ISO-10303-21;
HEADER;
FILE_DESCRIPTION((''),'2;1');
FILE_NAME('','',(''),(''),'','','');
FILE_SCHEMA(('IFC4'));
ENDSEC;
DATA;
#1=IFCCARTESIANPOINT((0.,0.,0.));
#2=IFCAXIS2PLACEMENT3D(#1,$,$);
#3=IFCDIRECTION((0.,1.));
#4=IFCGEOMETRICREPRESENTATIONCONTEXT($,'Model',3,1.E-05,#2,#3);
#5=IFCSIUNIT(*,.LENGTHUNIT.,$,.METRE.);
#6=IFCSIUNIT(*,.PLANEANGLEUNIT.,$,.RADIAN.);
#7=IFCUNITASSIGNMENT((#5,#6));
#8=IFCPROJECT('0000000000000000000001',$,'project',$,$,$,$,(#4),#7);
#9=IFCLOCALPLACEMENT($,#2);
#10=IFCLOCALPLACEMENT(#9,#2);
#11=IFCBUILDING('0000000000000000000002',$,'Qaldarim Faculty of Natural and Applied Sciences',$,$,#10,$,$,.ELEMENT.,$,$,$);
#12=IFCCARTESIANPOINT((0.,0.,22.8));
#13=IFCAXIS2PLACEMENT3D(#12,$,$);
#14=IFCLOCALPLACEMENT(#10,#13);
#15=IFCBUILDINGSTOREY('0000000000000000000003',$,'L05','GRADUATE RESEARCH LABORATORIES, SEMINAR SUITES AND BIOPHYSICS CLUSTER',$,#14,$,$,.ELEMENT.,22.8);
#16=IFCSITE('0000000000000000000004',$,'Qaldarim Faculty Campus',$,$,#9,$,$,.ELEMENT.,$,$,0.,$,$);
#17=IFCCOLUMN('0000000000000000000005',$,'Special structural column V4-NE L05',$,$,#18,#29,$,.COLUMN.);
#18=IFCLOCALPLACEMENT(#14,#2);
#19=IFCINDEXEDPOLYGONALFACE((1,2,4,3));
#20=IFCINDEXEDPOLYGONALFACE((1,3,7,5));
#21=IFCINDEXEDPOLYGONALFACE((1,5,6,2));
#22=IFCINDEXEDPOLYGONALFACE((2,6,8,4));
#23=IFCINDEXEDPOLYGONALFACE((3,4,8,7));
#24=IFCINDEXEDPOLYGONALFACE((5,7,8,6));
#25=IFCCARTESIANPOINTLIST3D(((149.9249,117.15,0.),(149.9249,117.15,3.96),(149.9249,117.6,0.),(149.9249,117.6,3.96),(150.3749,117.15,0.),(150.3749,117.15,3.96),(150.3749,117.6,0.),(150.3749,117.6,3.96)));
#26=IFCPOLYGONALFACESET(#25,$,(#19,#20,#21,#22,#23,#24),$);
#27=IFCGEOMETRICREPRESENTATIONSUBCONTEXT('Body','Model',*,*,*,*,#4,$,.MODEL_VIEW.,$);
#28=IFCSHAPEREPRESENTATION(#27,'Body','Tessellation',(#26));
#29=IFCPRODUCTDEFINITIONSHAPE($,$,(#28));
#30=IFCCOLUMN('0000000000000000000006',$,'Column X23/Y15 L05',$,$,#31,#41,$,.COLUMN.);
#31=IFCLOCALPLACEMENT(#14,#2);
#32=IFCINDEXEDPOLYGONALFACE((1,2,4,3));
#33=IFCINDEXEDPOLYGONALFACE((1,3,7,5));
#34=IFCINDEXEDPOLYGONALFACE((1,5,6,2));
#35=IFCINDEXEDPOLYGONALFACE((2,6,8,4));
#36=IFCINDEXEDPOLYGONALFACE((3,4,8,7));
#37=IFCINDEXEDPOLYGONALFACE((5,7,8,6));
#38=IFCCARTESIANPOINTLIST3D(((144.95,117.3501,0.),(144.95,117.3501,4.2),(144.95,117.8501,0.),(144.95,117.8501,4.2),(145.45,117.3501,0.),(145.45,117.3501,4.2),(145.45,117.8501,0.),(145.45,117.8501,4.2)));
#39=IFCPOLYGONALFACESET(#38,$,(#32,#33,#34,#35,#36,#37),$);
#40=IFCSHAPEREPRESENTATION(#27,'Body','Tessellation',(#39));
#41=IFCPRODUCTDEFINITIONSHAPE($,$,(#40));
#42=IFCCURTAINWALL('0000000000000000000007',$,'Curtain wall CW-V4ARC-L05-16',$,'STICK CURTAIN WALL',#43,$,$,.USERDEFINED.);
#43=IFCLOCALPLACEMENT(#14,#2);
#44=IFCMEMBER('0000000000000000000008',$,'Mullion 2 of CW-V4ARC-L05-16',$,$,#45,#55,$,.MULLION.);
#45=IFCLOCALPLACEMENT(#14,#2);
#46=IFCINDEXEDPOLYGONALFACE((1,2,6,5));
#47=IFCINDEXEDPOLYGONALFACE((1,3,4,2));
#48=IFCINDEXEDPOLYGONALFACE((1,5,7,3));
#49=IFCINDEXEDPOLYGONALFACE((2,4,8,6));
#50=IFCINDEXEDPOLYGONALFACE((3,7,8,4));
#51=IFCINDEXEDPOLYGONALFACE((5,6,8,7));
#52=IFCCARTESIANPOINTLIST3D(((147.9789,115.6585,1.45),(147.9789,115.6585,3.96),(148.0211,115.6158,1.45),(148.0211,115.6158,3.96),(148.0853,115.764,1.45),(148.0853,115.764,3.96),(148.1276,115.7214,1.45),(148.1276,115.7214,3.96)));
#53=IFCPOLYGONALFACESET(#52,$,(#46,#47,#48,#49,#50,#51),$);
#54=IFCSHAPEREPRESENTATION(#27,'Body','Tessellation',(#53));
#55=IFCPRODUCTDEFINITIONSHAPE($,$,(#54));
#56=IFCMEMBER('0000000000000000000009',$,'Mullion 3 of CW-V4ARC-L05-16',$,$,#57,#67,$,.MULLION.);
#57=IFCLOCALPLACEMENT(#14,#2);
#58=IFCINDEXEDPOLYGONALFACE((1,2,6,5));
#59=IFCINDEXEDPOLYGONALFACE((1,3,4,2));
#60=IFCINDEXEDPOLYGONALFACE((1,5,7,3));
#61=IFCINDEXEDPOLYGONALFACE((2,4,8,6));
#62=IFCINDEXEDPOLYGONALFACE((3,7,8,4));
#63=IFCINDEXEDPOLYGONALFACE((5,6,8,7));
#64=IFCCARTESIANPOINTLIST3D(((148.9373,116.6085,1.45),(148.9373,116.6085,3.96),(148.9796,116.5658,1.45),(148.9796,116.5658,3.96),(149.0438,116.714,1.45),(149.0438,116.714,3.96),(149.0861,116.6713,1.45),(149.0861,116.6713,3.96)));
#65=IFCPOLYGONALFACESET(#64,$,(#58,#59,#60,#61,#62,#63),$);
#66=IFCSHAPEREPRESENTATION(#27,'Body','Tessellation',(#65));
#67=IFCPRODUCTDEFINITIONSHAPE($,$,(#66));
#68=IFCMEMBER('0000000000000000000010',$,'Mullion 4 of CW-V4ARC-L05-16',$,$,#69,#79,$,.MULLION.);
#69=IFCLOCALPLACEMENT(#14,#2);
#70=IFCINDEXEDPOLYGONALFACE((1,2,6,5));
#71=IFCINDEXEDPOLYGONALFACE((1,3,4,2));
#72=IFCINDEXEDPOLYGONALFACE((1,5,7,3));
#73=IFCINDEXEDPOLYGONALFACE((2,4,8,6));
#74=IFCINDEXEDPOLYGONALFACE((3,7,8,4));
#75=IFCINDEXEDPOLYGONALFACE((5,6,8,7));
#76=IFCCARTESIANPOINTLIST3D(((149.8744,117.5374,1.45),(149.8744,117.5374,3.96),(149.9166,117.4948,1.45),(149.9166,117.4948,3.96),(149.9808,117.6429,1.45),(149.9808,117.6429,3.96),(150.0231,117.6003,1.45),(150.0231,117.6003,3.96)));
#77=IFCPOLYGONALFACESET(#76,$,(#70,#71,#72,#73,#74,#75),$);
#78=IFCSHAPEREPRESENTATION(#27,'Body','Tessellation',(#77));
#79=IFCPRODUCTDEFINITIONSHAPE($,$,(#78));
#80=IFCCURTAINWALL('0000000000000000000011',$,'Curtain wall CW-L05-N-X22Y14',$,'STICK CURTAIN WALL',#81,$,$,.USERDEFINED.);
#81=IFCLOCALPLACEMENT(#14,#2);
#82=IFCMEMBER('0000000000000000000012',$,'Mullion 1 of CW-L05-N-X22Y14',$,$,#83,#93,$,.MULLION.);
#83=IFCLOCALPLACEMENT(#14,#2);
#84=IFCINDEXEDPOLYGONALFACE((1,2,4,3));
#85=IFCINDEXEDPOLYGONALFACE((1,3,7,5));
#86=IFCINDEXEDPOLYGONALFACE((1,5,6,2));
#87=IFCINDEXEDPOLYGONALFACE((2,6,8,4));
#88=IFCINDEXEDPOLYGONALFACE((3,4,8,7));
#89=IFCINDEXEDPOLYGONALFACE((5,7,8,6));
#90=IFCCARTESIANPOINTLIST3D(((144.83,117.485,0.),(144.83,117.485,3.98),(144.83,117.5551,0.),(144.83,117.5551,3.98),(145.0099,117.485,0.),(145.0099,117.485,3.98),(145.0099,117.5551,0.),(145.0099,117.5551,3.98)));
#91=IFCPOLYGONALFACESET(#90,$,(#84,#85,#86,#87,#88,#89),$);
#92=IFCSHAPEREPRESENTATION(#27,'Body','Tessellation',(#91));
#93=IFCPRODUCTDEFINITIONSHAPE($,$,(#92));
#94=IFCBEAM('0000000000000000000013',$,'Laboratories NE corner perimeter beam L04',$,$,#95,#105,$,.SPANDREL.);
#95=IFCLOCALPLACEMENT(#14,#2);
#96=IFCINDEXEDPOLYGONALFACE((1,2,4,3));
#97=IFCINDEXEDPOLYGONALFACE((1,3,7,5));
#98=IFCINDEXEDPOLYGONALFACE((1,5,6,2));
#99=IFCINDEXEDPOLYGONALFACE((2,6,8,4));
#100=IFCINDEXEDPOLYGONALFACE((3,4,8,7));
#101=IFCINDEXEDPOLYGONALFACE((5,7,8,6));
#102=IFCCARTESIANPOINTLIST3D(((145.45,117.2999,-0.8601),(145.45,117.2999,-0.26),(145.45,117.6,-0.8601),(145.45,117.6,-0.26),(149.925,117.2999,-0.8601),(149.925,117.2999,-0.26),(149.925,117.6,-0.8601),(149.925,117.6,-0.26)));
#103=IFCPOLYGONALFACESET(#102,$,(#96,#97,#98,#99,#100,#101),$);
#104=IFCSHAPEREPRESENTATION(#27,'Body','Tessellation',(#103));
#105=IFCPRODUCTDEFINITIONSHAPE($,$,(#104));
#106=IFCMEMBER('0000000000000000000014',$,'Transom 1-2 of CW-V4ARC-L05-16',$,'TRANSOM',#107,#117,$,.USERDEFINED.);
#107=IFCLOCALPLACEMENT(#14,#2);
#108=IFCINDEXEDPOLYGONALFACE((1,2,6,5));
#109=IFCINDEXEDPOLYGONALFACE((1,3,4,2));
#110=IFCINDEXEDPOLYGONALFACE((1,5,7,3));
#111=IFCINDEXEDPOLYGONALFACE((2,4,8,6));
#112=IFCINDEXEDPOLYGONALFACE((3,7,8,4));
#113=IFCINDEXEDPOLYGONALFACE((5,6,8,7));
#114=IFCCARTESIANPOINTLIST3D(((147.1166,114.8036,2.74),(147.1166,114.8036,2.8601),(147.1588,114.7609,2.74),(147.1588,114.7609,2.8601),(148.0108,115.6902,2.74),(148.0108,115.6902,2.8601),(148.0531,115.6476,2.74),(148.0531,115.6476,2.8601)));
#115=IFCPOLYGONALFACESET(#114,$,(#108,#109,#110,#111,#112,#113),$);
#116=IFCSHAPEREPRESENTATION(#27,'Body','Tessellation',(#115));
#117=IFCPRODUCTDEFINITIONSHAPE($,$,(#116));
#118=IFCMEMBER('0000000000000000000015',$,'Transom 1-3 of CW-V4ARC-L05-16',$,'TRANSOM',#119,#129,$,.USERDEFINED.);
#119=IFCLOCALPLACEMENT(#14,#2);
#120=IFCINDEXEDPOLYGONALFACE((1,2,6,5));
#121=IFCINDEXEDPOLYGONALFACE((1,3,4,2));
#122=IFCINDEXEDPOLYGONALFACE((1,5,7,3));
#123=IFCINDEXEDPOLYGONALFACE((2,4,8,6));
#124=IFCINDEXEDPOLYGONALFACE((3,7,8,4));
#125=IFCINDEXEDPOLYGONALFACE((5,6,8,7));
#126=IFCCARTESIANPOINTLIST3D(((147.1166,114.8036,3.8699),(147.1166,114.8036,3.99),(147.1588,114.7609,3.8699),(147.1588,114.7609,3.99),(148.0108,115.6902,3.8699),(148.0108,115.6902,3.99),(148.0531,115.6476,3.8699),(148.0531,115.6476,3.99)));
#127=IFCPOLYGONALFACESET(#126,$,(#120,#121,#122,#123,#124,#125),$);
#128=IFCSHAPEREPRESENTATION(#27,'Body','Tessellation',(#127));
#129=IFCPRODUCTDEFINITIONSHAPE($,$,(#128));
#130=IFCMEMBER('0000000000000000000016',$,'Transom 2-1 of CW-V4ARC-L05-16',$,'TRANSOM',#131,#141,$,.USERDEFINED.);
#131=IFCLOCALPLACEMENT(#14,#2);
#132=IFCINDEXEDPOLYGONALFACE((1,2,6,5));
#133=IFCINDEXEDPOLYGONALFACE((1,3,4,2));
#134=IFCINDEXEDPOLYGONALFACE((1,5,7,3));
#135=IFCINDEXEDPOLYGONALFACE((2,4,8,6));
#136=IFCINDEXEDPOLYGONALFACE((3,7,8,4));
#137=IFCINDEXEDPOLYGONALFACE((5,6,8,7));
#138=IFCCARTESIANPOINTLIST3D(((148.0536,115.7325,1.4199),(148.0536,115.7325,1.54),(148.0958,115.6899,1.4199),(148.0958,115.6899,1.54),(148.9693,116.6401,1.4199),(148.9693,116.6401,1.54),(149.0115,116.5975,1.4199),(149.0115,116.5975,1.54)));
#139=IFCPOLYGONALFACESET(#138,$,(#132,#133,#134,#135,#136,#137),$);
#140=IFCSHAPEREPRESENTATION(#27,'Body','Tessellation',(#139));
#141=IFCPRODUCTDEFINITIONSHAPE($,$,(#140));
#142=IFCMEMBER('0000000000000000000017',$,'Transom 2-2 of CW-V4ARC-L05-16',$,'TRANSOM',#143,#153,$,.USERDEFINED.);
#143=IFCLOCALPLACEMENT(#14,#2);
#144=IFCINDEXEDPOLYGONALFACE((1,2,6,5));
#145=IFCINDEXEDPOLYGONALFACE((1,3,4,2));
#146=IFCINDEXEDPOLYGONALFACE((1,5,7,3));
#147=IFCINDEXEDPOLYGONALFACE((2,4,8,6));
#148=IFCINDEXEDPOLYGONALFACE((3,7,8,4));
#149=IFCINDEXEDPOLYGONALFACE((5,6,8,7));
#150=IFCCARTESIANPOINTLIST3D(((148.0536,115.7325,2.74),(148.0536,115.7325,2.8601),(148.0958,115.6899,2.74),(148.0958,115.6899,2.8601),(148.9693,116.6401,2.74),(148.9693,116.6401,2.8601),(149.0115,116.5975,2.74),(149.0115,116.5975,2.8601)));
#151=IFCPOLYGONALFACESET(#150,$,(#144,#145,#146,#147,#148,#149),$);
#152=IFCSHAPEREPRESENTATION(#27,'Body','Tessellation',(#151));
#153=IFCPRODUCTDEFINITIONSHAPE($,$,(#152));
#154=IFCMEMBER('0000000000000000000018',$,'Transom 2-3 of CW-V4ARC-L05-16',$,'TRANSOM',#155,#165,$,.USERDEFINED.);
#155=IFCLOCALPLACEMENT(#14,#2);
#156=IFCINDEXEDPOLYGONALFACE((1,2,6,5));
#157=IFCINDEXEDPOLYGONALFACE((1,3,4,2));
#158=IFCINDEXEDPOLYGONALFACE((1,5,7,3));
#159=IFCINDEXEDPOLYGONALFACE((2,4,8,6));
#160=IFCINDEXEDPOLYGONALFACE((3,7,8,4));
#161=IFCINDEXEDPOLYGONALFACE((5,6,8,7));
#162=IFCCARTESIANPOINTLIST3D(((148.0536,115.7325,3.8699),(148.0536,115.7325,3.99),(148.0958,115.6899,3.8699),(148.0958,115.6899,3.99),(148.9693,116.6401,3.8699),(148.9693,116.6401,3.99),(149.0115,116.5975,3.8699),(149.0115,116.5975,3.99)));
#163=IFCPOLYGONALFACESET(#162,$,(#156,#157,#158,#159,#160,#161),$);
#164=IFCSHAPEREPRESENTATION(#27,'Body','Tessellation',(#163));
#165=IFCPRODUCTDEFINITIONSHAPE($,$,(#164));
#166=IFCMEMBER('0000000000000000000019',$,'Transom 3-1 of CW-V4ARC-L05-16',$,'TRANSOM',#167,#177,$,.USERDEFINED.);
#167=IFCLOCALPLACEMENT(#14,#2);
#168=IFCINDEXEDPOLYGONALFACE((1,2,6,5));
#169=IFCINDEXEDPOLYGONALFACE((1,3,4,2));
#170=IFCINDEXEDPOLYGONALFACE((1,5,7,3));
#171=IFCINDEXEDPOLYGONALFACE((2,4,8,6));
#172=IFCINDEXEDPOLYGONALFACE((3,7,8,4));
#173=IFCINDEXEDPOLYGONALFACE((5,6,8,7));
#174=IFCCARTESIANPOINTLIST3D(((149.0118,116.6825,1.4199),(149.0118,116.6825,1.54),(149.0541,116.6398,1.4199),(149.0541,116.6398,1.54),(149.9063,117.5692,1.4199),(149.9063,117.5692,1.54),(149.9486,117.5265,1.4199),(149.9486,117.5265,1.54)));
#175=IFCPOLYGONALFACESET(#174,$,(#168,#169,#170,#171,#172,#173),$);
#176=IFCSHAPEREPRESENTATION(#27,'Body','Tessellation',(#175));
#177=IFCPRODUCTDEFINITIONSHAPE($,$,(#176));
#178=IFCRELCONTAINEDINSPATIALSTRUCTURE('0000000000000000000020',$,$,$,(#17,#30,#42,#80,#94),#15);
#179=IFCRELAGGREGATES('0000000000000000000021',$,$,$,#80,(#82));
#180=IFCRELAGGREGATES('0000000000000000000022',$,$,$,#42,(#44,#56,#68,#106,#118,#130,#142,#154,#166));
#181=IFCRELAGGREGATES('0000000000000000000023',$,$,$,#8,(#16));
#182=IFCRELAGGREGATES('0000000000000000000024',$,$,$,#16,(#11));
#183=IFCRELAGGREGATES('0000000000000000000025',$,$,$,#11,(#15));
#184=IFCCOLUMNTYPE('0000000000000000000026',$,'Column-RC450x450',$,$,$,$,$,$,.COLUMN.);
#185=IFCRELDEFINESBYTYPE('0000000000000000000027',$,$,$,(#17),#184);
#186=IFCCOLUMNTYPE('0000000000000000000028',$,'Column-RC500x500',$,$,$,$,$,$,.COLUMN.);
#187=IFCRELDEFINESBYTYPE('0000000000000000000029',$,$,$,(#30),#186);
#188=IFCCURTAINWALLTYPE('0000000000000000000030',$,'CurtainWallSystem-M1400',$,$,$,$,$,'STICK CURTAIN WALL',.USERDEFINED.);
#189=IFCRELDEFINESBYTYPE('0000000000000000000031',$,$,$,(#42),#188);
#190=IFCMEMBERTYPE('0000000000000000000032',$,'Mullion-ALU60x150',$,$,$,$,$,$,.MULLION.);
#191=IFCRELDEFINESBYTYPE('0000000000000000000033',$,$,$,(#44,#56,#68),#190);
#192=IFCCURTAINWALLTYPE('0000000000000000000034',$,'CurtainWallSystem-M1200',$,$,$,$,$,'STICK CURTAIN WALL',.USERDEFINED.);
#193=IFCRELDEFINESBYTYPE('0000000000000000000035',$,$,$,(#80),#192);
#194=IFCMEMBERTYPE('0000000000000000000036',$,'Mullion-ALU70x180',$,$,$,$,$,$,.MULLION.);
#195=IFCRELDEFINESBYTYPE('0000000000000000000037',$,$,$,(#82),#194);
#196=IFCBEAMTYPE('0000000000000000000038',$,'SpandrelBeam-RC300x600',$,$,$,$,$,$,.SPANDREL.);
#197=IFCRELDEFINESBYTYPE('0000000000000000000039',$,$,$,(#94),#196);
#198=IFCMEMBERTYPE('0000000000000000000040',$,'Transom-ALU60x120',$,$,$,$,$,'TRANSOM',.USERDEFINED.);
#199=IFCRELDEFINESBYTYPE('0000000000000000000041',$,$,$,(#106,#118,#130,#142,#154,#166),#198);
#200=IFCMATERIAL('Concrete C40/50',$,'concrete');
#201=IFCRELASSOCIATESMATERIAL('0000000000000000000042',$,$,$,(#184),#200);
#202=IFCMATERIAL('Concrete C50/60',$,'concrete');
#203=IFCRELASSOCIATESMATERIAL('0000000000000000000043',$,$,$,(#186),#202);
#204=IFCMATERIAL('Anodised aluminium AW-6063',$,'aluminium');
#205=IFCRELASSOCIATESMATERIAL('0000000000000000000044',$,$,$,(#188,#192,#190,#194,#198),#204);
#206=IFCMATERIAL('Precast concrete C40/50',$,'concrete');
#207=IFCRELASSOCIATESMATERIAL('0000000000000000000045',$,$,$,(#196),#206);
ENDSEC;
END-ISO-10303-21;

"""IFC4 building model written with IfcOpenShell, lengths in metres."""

from ifc_helpers import new_model, si_unit, direction, frame, origin, origin_2d, place, context, subcontext, project, spatial, rectangle, extrude, material, material_profile, profile_set, type_object, element, aggregate, save


model = new_model("IFC4")

# Units and contexts
model_context = context("Model", 3, precision=1e-05, world=origin(), true_north=direction((0.0, 1.0)))
body_context = subcontext(model_context, "Body", "Model", "MODEL_VIEW")
ifc_project = project(units=[si_unit("LENGTHUNIT", "METRE"), si_unit("PLANEANGLEUNIT", "RADIAN")], contexts=[model_context])

# Site, building, storey
site_placement = place(None, origin())
site = spatial("IfcSite", under=ifc_project, at=site_placement, Name="Qaldarim Faculty Campus", CompositionType="ELEMENT", RefElevation=0.0)
building_placement = place(site_placement, origin())
building = spatial("IfcBuilding", under=site, at=building_placement, Name="Qaldarim Faculty of Natural and Applied Sciences", CompositionType="ELEMENT")
storey_placement = place(building_placement, frame((0.0, 0.0, 22.8)))
storey = spatial("IfcBuildingStorey", under=building, at=storey_placement, Name="L05", Description="GRADUATE RESEARCH LABORATORIES, SEMINAR SUITES AND BIOPHYSICS CLUSTER", CompositionType="ELEMENT", Elevation=22.8)

# Columns
ifc_material_1 = material(Name="Concrete C40/50", Category="concrete")
ifc_material_profile_1 = material_profile(ifc_material_1, rectangle(XDim=0.45, YDim=0.45, at=origin_2d()), Name="RC-C450x450")
ifc_profile_set_1 = profile_set([ifc_material_profile_1], Name="Concrete C40/50")
column_type_1 = type_object("IfcColumnType", Name="Column-RC450x450", PredefinedType="COLUMN", material=ifc_profile_set_1)
column_1_placement = place(storey_placement, frame((150.1499, 117.375, 0.0), z_axis=(0.0, 0.0, 1.0), x_axis=(1.0, 0.0, 0.0)))
element("IfcColumn", 1, at=column_1_placement, inside=storey, type_object=column_type_1, Name="Special structural column V4-NE L05", PredefinedType="COLUMN", context=body_context, shape_type="SweptSolid", body=[
    extrude(rectangle(XDim=0.45, YDim=0.45, at=origin_2d()), origin(), (0.0, 0.0, 1.0), 3.96),
])
ifc_material_2 = material(Name="Concrete C50/60", Category="concrete")
ifc_material_profile_2 = material_profile(ifc_material_2, rectangle(XDim=0.5, YDim=0.5, at=origin_2d()), Name="RC-C500x500")
ifc_profile_set_2 = profile_set([ifc_material_profile_2], Name="Concrete C50/60")
column_type_2 = type_object("IfcColumnType", Name="Column-RC500x500", PredefinedType="COLUMN", material=ifc_profile_set_2)
column_2_placement = place(storey_placement, frame((145.2, 117.6001, 0.0), z_axis=(0.0, 0.0, 1.0), x_axis=(1.0, 0.0, 0.0)))
element("IfcColumn", 2, at=column_2_placement, inside=storey, type_object=column_type_2, Name="Column X23/Y15 L05", PredefinedType="COLUMN", context=body_context, shape_type="SweptSolid", body=[
    extrude(rectangle(XDim=0.5, YDim=0.5, at=origin_2d()), origin(), (0.0, 0.0, 1.0), 4.2),
])

# Curtain wall, members
ifc_material_3 = material(Name="Anodised aluminium AW-6063", Category="aluminium")
curtain_wall_type_1 = type_object("IfcCurtainWallType", Name="CurtainWallSystem-M1400", ElementType="STICK CURTAIN WALL", PredefinedType="USERDEFINED", material=ifc_material_3)
curtain_wall_1_placement = place(storey_placement, origin())
curtain_wall_1 = element("IfcCurtainWall", 3, at=curtain_wall_1_placement, inside=storey, type_object=curtain_wall_type_1, Name="Curtain wall CW-V4ARC-L05-16", ObjectType="STICK CURTAIN WALL", PredefinedType="USERDEFINED")
ifc_material_profile_3 = material_profile(ifc_material_3, rectangle(XDim=0.0601, YDim=0.1499, at=origin_2d()), Name="ALU-M60x150")
ifc_profile_set_3 = profile_set([ifc_material_profile_3], Name="Anodised aluminium AW-6063")
member_type_1 = type_object("IfcMemberType", Name="Mullion-ALU60x150", PredefinedType="MULLION", material=ifc_profile_set_3)
member_1_placement = place(storey_placement, frame((148.0532, 115.6899, 1.45), z_axis=(0.0, 0.0, 1.0), x_axis=(-0.704015, 0.710185, 0.0)))
member_1 = element("IfcMember", 4, at=member_1_placement, type_object=member_type_1, Name="Mullion 2 of CW-V4ARC-L05-16", PredefinedType="MULLION", context=body_context, shape_type="SweptSolid", body=[
    extrude(rectangle(XDim=0.0601, YDim=0.1499, at=origin_2d()), origin(), (0.0, 0.0, 1.0), 2.51),
])
member_2_placement = place(storey_placement, frame((149.0117, 116.6399, 1.45), z_axis=(0.0, 0.0, 1.0), x_axis=(-0.704015, 0.710185, 0.0)))
member_2 = element("IfcMember", 5, at=member_2_placement, type_object=member_type_1, Name="Mullion 3 of CW-V4ARC-L05-16", PredefinedType="MULLION", context=body_context, shape_type="SweptSolid", body=[
    extrude(rectangle(XDim=0.0601, YDim=0.1499, at=origin_2d()), origin(), (0.0, 0.0, 1.0), 2.51),
])
member_3_placement = place(storey_placement, frame((149.9487, 117.5688, 1.45), z_axis=(0.0, 0.0, 1.0), x_axis=(-0.704015, 0.710185, 0.0)))
member_3 = element("IfcMember", 6, at=member_3_placement, type_object=member_type_1, Name="Mullion 4 of CW-V4ARC-L05-16", PredefinedType="MULLION", context=body_context, shape_type="SweptSolid", body=[
    extrude(rectangle(XDim=0.0601, YDim=0.1499, at=origin_2d()), origin(), (0.0, 0.0, 1.0), 2.51),
])

# Curtain wall, member
curtain_wall_type_2 = type_object("IfcCurtainWallType", Name="CurtainWallSystem-M1200", ElementType="STICK CURTAIN WALL", PredefinedType="USERDEFINED", material=ifc_material_3)
curtain_wall_2_placement = place(storey_placement, origin())
curtain_wall_2 = element("IfcCurtainWall", 7, at=curtain_wall_2_placement, inside=storey, type_object=curtain_wall_type_2, Name="Curtain wall CW-L05-N-X22Y14", ObjectType="STICK CURTAIN WALL", PredefinedType="USERDEFINED")
ifc_material_profile_4 = material_profile(ifc_material_3, rectangle(XDim=0.0701, YDim=0.1799, at=origin_2d()), Name="ALU-M70x180")
ifc_profile_set_4 = profile_set([ifc_material_profile_4], Name="Anodised aluminium AW-6063")
member_type_2 = type_object("IfcMemberType", Name="Mullion-ALU70x180", PredefinedType="MULLION", material=ifc_profile_set_4)
member_4_placement = place(storey_placement, frame((144.9199, 117.52, 0.0), z_axis=(0.0, 0.0, 1.0), x_axis=(0.0, -1.0, 0.0)))
member_4 = element("IfcMember", 8, at=member_4_placement, type_object=member_type_2, Name="Mullion 1 of CW-L05-N-X22Y14", PredefinedType="MULLION", context=body_context, shape_type="SweptSolid", body=[
    extrude(rectangle(XDim=0.0701, YDim=0.1799, at=origin_2d()), origin(), (0.0, 0.0, 1.0), 3.98),
])

# Beam
ifc_material_4 = material(Name="Precast concrete C40/50", Category="concrete")
ifc_material_profile_5 = material_profile(ifc_material_4, rectangle(XDim=0.3, YDim=0.6001, at=origin_2d()), Name="RC-SP300x600")
ifc_profile_set_5 = profile_set([ifc_material_profile_5], Name="Precast concrete C40/50")
beam_type = type_object("IfcBeamType", Name="SpandrelBeam-RC300x600", PredefinedType="SPANDREL", material=ifc_profile_set_5)
beam_placement = place(storey_placement, frame((145.45, 117.45, -0.5601), z_axis=(1.0, 0.0, 0.0), x_axis=(0.0, 1.0, 0.0)))
element("IfcBeam", 9, at=beam_placement, inside=storey, type_object=beam_type, Name="Laboratories NE corner perimeter beam L04", PredefinedType="SPANDREL", context=body_context, shape_type="SweptSolid", body=[
    extrude(rectangle(XDim=0.3, YDim=0.6001, at=origin_2d()), origin(), (0.0, 0.0, 1.0), 4.4751),
])

# Members
ifc_material_profile_6 = material_profile(ifc_material_3, rectangle(XDim=0.0601, YDim=0.1201, at=origin_2d()), Name="ALU-T60x120")
ifc_profile_set_6 = profile_set([ifc_material_profile_6], Name="Anodised aluminium AW-6063")
member_type_3 = type_object("IfcMemberType", Name="Transom-ALU60x120", ElementType="TRANSOM", PredefinedType="USERDEFINED", material=ifc_profile_set_6)
member_5_placement = place(storey_placement, frame((147.1377, 114.7822, 2.8), z_axis=(0.710105, 0.704096, 0.0), x_axis=(-0.704096, 0.710105, 0.0)))
member_5 = element("IfcMember", 10, at=member_5_placement, type_object=member_type_3, Name="Transom 1-2 of CW-V4ARC-L05-16", ObjectType="TRANSOM", PredefinedType="USERDEFINED", context=body_context, shape_type="SweptSolid", body=[
    extrude(rectangle(XDim=0.0601, YDim=0.1201, at=origin_2d()), origin(), (0.0, 0.0, 1.0), 1.2593),
])
member_6_placement = place(storey_placement, frame((147.1377, 114.7822, 3.9299), z_axis=(0.710105, 0.704096, 0.0), x_axis=(-0.704096, 0.710105, 0.0)))
member_6 = element("IfcMember", 11, at=member_6_placement, type_object=member_type_3, Name="Transom 1-3 of CW-V4ARC-L05-16", ObjectType="TRANSOM", PredefinedType="USERDEFINED", context=body_context, shape_type="SweptSolid", body=[
    extrude(rectangle(XDim=0.0601, YDim=0.1201, at=origin_2d()), origin(), (0.0, 0.0, 1.0), 1.2593),
])
member_7_placement = place(storey_placement, frame((148.0747, 115.7112, 1.48), z_axis=(0.710224, 0.703976, 0.0), x_axis=(-0.703976, 0.710224, 0.0)))
member_7 = element("IfcMember", 12, at=member_7_placement, type_object=member_type_3, Name="Transom 2-1 of CW-V4ARC-L05-16", ObjectType="TRANSOM", PredefinedType="USERDEFINED", context=body_context, shape_type="SweptSolid", body=[
    extrude(rectangle(XDim=0.0601, YDim=0.1201, at=origin_2d()), origin(), (0.0, 0.0, 1.0), 1.2893),
])
member_8_placement = place(storey_placement, frame((148.0747, 115.7112, 2.8), z_axis=(0.710224, 0.703976, 0.0), x_axis=(-0.703976, 0.710224, 0.0)))
member_8 = element("IfcMember", 13, at=member_8_placement, type_object=member_type_3, Name="Transom 2-2 of CW-V4ARC-L05-16", ObjectType="TRANSOM", PredefinedType="USERDEFINED", context=body_context, shape_type="SweptSolid", body=[
    extrude(rectangle(XDim=0.0601, YDim=0.1201, at=origin_2d()), origin(), (0.0, 0.0, 1.0), 1.2893),
])
member_9_placement = place(storey_placement, frame((148.0747, 115.7112, 3.9299), z_axis=(0.710224, 0.703976, 0.0), x_axis=(-0.703976, 0.710224, 0.0)))
member_9 = element("IfcMember", 14, at=member_9_placement, type_object=member_type_3, Name="Transom 2-3 of CW-V4ARC-L05-16", ObjectType="TRANSOM", PredefinedType="USERDEFINED", context=body_context, shape_type="SweptSolid", body=[
    extrude(rectangle(XDim=0.0601, YDim=0.1201, at=origin_2d()), origin(), (0.0, 0.0, 1.0), 1.2893),
])
member_10_placement = place(storey_placement, frame((149.033, 116.6611, 1.48), z_axis=(0.710201, 0.703999, 0.0), x_axis=(-0.703999, 0.710201, 0.0)))
member_10 = element("IfcMember", 15, at=member_10_placement, type_object=member_type_3, Name="Transom 3-1 of CW-V4ARC-L05-16", ObjectType="TRANSOM", PredefinedType="USERDEFINED", context=body_context, shape_type="SweptSolid", body=[
    extrude(rectangle(XDim=0.0601, YDim=0.1201, at=origin_2d()), origin(), (0.0, 0.0, 1.0), 1.2595),
])
aggregate(curtain_wall_2, [member_4])

aggregate(curtain_wall_1, [member_1, member_2, member_3, member_5, member_6, member_7, member_8, member_9, member_10])

save(model, "model.ifc")
